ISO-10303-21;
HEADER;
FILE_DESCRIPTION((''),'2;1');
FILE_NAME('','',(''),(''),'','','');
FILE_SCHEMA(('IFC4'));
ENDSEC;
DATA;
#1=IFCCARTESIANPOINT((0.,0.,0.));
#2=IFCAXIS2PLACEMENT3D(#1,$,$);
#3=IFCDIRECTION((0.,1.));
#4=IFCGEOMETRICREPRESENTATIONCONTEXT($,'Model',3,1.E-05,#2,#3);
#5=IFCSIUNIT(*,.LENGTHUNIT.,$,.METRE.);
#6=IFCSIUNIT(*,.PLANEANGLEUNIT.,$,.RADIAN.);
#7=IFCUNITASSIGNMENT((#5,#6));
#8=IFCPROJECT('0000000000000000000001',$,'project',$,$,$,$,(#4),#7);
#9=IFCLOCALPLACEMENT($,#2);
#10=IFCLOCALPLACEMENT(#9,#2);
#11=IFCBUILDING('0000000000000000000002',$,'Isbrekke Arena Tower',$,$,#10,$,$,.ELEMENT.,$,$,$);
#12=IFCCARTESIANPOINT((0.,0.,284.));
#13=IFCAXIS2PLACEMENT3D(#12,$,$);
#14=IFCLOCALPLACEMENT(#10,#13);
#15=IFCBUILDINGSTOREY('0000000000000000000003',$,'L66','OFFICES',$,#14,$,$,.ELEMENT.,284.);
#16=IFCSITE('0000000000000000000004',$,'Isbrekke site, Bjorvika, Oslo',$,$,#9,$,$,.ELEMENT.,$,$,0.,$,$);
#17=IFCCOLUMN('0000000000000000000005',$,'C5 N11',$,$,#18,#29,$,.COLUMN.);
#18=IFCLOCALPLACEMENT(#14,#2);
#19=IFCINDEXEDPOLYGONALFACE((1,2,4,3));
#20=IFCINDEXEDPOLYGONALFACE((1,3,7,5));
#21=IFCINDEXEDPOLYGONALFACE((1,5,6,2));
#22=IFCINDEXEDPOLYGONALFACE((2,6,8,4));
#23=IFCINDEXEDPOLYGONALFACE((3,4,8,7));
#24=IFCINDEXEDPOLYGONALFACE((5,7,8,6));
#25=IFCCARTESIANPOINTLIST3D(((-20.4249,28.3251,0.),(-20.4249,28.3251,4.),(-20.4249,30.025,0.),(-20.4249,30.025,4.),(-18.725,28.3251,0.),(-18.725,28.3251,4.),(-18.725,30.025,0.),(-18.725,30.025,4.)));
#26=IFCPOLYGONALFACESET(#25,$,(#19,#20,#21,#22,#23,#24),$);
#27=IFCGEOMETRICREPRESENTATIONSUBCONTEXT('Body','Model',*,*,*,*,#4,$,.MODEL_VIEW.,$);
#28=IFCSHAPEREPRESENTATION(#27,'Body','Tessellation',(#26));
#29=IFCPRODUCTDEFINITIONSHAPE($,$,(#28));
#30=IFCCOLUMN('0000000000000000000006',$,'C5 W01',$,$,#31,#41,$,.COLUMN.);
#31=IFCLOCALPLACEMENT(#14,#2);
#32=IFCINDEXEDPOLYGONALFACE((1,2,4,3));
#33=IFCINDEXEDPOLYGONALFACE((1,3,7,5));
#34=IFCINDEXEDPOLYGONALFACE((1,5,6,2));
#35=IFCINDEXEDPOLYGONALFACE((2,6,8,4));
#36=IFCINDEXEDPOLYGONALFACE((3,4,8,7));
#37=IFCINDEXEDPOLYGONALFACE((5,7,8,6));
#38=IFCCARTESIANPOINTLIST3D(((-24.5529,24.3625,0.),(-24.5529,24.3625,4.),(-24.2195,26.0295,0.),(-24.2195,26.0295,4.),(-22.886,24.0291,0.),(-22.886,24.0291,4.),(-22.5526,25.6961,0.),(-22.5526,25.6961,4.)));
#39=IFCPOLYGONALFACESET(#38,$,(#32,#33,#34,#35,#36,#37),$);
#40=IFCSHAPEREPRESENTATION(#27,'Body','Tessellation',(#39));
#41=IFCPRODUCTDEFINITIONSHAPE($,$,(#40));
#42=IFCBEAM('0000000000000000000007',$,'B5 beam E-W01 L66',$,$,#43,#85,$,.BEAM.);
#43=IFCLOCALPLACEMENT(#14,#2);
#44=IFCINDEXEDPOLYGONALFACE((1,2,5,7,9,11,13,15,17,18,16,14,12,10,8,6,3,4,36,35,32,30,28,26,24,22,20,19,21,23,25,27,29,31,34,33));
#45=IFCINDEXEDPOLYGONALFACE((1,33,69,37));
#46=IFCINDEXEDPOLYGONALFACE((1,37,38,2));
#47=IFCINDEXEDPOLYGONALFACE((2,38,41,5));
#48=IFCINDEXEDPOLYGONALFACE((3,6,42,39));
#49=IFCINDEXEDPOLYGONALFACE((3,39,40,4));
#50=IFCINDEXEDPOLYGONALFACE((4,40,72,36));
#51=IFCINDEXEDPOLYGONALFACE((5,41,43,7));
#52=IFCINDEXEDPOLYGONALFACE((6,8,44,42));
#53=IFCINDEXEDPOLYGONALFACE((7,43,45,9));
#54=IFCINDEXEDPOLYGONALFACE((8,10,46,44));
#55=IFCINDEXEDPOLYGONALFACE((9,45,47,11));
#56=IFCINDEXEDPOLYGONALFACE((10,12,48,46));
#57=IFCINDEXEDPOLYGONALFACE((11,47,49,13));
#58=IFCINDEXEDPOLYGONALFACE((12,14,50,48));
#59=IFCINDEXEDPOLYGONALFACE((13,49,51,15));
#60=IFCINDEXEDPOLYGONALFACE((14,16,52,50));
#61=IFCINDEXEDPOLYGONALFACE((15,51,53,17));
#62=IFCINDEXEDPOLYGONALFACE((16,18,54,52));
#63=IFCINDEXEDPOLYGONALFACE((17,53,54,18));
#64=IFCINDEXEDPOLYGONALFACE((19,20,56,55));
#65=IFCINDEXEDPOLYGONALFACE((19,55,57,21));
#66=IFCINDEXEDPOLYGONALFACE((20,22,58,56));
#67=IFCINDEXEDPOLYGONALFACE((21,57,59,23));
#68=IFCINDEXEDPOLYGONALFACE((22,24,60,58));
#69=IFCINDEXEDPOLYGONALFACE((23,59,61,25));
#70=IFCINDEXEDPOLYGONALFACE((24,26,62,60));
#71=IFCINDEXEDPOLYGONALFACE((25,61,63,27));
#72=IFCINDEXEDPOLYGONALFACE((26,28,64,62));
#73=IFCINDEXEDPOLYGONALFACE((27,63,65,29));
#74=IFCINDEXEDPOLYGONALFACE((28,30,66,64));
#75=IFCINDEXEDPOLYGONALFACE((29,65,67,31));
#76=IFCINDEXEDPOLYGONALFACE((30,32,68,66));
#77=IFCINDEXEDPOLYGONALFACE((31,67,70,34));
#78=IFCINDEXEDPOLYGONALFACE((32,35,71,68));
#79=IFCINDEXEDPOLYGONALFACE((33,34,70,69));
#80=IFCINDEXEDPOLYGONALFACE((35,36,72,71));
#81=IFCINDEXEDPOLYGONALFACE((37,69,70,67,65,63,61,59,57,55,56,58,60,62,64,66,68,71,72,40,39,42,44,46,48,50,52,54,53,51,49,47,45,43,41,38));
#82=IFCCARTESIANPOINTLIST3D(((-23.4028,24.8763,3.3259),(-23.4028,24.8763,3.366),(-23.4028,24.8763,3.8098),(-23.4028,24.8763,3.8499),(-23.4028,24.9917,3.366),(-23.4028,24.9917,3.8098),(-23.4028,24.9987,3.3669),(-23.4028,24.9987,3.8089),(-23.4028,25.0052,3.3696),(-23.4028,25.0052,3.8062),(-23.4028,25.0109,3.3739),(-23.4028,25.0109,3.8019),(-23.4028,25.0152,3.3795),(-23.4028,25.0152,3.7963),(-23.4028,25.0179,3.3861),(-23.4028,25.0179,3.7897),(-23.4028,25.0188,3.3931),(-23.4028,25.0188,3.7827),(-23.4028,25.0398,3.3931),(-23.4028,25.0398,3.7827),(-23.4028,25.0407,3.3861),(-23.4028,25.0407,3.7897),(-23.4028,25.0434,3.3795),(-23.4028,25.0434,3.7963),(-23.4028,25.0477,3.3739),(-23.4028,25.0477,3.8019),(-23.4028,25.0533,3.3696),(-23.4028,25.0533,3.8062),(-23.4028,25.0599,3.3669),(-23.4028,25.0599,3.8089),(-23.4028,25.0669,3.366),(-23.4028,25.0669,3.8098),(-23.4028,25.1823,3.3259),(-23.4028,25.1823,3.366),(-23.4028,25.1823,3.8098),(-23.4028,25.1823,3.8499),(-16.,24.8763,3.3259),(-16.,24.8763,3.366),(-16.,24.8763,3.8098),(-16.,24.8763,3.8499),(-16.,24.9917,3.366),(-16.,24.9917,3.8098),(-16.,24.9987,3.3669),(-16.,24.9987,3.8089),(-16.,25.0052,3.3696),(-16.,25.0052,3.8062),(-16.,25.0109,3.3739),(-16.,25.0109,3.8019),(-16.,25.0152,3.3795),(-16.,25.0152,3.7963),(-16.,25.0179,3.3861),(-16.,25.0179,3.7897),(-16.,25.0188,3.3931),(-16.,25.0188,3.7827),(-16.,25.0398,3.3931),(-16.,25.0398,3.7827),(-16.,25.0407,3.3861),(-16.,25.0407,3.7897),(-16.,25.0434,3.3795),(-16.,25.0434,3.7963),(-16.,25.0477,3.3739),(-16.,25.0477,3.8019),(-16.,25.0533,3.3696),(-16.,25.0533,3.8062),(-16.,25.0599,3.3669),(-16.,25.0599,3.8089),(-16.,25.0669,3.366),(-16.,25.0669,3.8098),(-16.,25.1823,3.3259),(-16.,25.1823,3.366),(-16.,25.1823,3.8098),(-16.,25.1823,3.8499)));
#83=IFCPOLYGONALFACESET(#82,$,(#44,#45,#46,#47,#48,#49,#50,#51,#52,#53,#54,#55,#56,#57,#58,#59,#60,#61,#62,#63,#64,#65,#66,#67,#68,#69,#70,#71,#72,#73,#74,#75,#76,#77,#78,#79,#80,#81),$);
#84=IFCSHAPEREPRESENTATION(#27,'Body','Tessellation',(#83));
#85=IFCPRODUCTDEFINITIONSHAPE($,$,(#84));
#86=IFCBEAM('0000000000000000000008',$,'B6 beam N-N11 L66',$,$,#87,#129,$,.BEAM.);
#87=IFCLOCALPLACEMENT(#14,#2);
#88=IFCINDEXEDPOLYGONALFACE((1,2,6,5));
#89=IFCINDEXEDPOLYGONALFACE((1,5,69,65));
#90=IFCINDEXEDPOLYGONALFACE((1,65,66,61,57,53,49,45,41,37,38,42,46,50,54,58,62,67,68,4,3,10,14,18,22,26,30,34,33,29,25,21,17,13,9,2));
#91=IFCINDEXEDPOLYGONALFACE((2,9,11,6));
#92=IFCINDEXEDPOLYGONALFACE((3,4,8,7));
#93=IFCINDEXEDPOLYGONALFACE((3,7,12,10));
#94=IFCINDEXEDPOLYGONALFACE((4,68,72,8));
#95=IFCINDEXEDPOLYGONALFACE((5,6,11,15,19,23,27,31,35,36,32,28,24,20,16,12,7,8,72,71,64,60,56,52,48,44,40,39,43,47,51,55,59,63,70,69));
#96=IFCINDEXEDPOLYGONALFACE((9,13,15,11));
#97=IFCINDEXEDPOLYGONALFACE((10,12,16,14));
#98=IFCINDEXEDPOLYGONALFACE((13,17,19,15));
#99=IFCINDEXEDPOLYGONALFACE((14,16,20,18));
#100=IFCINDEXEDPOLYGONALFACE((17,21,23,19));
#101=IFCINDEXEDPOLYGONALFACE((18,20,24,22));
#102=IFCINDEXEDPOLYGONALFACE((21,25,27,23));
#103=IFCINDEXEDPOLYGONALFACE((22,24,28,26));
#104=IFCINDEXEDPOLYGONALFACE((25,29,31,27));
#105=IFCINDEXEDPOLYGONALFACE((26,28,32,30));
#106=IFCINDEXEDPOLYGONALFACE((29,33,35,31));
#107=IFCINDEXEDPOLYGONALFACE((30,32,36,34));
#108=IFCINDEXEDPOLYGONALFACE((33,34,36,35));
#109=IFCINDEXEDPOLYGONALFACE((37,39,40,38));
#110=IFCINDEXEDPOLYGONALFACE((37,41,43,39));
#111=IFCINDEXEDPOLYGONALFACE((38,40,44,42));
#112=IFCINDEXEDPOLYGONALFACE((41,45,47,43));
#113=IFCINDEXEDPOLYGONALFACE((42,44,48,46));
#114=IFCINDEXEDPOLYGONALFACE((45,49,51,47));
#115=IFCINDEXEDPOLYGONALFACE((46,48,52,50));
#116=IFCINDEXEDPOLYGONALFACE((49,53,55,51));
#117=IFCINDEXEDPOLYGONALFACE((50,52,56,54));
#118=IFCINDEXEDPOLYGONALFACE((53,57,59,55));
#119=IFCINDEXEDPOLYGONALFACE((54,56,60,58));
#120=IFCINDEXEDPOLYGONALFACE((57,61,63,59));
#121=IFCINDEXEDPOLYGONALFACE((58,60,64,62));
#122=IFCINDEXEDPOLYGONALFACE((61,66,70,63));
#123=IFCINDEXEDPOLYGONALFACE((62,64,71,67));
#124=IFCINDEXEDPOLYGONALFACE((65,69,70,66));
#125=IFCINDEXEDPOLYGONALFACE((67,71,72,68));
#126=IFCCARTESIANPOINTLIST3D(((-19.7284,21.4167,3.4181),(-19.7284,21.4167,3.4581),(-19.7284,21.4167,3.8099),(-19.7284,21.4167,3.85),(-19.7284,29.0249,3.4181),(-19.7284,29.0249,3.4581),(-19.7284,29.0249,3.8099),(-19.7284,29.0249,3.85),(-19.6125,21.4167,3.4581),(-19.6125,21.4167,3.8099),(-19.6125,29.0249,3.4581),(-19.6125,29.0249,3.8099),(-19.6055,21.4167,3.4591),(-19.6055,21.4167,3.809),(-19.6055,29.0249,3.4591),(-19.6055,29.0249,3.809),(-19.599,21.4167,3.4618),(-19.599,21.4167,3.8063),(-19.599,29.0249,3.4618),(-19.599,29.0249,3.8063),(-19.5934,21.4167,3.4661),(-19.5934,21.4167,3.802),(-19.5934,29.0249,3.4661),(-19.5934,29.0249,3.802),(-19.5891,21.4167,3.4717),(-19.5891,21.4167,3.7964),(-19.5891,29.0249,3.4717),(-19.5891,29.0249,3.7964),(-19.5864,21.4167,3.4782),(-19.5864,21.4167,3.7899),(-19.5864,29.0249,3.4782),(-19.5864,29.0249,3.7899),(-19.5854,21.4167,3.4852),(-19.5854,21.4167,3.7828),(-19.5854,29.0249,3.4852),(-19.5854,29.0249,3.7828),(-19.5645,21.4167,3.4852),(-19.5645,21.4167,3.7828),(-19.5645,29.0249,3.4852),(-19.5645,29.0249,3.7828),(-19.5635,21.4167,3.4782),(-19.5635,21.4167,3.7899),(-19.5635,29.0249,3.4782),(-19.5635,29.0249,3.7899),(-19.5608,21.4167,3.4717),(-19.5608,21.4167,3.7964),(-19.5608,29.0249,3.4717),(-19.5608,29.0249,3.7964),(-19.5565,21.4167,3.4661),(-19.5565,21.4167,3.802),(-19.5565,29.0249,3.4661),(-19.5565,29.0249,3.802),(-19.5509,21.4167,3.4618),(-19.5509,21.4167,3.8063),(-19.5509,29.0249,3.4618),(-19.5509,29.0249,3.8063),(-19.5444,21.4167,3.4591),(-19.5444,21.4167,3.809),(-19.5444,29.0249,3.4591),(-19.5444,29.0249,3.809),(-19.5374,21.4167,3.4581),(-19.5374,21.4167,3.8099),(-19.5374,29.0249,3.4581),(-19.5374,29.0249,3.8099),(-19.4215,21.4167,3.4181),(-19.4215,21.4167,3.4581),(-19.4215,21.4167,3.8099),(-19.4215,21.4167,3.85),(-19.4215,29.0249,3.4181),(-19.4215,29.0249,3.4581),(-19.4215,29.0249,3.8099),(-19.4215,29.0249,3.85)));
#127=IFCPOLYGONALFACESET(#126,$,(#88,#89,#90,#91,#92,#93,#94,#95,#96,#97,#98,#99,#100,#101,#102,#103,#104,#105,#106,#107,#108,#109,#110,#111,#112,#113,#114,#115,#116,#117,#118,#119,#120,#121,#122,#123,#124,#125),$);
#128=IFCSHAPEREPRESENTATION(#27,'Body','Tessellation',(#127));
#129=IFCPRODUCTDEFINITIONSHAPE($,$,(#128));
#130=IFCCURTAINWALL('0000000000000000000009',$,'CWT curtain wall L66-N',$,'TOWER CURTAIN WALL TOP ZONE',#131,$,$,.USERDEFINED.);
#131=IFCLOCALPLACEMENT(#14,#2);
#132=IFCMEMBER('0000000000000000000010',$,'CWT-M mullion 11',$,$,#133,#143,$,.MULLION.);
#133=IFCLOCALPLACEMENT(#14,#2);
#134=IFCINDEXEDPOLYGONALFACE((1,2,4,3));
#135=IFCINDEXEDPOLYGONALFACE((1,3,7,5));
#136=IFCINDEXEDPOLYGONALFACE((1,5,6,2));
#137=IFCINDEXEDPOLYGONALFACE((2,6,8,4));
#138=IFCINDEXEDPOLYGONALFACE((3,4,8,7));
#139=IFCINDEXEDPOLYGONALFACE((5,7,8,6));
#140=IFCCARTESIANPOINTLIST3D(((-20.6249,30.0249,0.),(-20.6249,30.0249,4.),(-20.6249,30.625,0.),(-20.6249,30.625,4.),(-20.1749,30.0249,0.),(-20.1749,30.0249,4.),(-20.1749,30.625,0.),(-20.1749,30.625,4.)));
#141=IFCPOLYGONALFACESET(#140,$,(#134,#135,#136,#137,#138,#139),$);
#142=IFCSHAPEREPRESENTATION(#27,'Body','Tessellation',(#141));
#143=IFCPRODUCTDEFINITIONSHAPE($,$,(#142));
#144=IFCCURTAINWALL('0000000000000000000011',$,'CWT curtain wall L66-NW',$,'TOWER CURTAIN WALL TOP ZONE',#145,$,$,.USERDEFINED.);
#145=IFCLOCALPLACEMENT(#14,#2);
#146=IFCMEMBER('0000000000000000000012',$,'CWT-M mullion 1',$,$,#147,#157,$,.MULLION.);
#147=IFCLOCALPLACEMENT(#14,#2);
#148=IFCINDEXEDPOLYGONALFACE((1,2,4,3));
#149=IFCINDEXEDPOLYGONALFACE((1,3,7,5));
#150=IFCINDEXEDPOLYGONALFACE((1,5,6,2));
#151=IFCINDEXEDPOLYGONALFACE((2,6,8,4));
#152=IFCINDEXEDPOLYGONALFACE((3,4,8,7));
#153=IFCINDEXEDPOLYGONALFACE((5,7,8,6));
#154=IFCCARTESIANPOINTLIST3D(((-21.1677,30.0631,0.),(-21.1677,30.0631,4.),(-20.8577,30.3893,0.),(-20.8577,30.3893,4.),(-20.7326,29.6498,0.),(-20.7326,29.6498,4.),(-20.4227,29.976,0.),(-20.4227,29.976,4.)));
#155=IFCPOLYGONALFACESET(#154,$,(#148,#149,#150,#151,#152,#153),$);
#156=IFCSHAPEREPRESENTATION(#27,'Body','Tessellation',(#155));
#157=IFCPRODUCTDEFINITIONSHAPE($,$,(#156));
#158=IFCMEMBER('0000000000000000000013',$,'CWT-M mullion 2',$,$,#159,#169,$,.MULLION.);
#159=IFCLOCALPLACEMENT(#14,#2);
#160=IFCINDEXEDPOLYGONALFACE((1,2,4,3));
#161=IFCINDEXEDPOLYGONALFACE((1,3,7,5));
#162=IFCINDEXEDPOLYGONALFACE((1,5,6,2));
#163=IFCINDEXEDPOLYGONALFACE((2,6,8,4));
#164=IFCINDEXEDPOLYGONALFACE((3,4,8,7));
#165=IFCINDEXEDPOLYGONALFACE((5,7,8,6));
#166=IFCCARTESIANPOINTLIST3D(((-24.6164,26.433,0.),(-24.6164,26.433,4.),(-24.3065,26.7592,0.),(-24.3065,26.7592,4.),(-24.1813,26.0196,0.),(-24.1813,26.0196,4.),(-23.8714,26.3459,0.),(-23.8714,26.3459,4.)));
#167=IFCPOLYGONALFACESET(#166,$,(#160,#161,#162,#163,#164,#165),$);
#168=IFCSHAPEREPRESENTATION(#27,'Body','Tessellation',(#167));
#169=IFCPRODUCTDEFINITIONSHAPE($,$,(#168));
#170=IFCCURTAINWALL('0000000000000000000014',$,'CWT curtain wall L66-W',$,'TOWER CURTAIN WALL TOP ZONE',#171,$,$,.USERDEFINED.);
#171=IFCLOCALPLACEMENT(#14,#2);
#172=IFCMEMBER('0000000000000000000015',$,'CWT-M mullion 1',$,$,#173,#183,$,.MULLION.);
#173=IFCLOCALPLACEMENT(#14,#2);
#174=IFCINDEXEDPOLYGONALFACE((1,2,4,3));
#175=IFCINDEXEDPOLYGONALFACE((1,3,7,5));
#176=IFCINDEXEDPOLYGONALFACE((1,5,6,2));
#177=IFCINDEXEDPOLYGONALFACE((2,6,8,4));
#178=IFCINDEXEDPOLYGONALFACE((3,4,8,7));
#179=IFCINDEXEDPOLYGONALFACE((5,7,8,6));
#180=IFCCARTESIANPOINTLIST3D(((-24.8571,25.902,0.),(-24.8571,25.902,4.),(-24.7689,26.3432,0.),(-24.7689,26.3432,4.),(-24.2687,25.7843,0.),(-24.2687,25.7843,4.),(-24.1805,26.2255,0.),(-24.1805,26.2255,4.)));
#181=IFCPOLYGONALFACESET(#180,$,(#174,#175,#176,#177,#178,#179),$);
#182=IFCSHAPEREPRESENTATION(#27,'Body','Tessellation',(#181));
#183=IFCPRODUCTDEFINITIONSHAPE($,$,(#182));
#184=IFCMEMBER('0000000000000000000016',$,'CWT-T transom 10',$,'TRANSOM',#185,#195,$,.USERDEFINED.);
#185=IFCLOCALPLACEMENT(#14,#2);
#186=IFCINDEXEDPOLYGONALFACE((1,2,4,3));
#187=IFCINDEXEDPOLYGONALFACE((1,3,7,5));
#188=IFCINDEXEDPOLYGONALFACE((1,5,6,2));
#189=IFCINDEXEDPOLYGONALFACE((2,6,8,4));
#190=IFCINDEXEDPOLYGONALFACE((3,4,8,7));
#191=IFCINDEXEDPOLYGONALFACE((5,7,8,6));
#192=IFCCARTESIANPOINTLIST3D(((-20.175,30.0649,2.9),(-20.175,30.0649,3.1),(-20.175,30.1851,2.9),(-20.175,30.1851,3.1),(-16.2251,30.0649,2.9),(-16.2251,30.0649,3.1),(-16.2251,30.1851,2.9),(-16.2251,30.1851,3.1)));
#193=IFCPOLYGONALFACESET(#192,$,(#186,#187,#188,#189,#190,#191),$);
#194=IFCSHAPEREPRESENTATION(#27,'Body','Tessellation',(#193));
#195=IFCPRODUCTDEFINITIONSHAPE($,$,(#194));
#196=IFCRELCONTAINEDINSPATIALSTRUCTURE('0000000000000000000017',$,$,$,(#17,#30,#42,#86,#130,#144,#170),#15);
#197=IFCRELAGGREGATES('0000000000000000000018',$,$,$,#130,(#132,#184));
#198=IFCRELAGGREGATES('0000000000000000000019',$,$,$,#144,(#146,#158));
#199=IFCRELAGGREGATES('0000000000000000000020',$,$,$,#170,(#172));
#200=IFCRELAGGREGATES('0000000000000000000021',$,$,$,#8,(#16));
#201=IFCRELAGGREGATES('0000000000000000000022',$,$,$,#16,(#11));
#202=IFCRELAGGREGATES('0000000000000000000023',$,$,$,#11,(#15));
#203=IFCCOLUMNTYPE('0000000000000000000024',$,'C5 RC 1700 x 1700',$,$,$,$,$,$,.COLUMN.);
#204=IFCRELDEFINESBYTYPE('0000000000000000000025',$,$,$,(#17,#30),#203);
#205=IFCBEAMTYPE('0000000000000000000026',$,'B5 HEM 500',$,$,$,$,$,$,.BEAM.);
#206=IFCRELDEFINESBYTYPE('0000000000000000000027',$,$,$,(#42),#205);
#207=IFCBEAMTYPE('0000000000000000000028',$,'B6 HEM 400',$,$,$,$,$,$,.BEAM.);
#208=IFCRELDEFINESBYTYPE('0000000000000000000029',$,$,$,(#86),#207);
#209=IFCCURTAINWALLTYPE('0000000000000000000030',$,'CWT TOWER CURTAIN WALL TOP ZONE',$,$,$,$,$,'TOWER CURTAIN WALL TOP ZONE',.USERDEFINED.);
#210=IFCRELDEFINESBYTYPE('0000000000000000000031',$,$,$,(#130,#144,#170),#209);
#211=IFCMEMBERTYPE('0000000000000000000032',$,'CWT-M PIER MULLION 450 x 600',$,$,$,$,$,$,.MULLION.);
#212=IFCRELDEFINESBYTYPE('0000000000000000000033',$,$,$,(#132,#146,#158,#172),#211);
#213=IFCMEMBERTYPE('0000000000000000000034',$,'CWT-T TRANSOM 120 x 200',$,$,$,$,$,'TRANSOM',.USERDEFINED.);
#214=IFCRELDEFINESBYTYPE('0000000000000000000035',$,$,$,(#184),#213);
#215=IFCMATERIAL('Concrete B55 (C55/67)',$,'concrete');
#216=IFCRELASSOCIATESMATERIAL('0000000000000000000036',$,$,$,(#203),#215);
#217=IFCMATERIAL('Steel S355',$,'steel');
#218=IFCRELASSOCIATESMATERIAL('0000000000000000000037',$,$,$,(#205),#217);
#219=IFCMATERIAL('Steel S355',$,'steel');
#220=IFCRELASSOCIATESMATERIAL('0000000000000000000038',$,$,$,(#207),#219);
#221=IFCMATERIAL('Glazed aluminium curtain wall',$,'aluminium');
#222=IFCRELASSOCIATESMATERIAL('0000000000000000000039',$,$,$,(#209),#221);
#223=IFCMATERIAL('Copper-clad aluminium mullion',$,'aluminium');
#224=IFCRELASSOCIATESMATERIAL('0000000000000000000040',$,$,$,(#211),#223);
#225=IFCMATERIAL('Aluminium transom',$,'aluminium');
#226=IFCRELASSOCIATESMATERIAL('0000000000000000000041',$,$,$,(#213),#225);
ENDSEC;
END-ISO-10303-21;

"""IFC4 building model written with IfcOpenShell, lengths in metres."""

from ifc_helpers import new_model, si_unit, direction, frame, origin, origin_2d, place, context, subcontext, project, spatial, rectangle, i_section, extrude, material, material_profile, profile_set, type_object, element, aggregate, save


model = new_model("IFC4")

# Units and contexts
model_context = context("Model", 3, precision=1e-05, world=origin(), true_north=direction((0.0, 1.0)))
body_context = subcontext(model_context, "Body", "Model", "MODEL_VIEW")
ifc_project = project(units=[si_unit("LENGTHUNIT", "METRE"), si_unit("PLANEANGLEUNIT", "RADIAN")], contexts=[model_context])

# Site, building, storey
site_placement = place(None, origin())
site = spatial("IfcSite", under=ifc_project, at=site_placement, Name="Isbrekke site, Bjorvika, Oslo", CompositionType="ELEMENT", RefElevation=0.0)
building_placement = place(site_placement, origin())
building = spatial("IfcBuilding", under=site, at=building_placement, Name="Isbrekke Arena Tower", CompositionType="ELEMENT")
storey_placement = place(building_placement, frame((0.0, 0.0, 284.0)))
storey = spatial("IfcBuildingStorey", under=building, at=storey_placement, Name="L66", Description="OFFICES", CompositionType="ELEMENT", Elevation=284.0)

# Columns
ifc_material_1 = material(Name="Concrete B55 (C55/67)", Category="concrete")
ifc_material_profile_1 = material_profile(ifc_material_1, rectangle(XDim=1.7, YDim=1.7, at=origin_2d()), Name="RC 1700x1700")
ifc_profile_set_1 = profile_set([ifc_material_profile_1], Name="Concrete B55 (C55/67)")
column_type = type_object("IfcColumnType", Name="C5 RC 1700 x 1700", PredefinedType="COLUMN", material=ifc_profile_set_1)
for number, where, z_axis, x_axis, name in (
    (1, (-19.575, 29.175, 0.0), (0.0, 0.0, 1.0), (-1.0, 0.0, 0.0), "C5 N11"),
    (2, (-23.5527, 25.0293, 0.0), (0.0, 0.0, 1.0), (-0.196116, -0.980581, 0.0), "C5 W01"),
):
    element("IfcColumn", number, at=place(storey_placement, frame(where, z_axis=z_axis, x_axis=x_axis)), inside=storey, type_object=column_type, Name=name, PredefinedType="COLUMN", context=body_context, shape_type="SweptSolid", body=[
        extrude(rectangle(XDim=1.7, YDim=1.7, at=origin_2d()), origin(), (0.0, 0.0, 1.0), 4.0),
    ])

# Beams
ifc_material_2 = material(Name="Steel S355", Category="steel")
ifc_material_profile_2 = material_profile(ifc_material_2, i_section(OverallWidth=0.3059, OverallDepth=0.5239, WebThickness=0.021, FlangeThickness=0.04, FilletRadius=0.0271, at=origin_2d()), Name="HEM 500")
ifc_profile_set_2 = profile_set([ifc_material_profile_2], Name="Steel S355")
beam_type_1 = type_object("IfcBeamType", Name="B5 HEM 500", PredefinedType="BEAM", material=ifc_profile_set_2)
beam_1_placement = place(storey_placement, frame((-23.4028, 25.0293, 3.5879), z_axis=(1.0, 0.0, 0.0), x_axis=(0.0, 1.0, 0.0)))
element("IfcBeam", 3, at=beam_1_placement, inside=storey, type_object=beam_type_1, Name="B5 beam E-W01 L66", PredefinedType="BEAM", context=body_context, shape_type="SweptSolid", body=[
    extrude(i_section(OverallWidth=0.3059, OverallDepth=0.5239, WebThickness=0.021, FlangeThickness=0.04, FilletRadius=0.0271, at=origin_2d()), origin(), (0.0, 0.0, 1.0), 7.4028),
])
ifc_material_3 = material(Name="Steel S355", Category="steel")
ifc_material_profile_3 = material_profile(ifc_material_3, i_section(OverallWidth=0.3069, OverallDepth=0.4319, WebThickness=0.021, FlangeThickness=0.04, FilletRadius=0.0271, at=origin_2d()), Name="HEM 400")
ifc_profile_set_3 = profile_set([ifc_material_profile_3], Name="Steel S355")
beam_type_2 = type_object("IfcBeamType", Name="B6 HEM 400", PredefinedType="BEAM", material=ifc_profile_set_3)
beam_2_placement = place(storey_placement, frame((-19.575, 29.0249, 3.634), z_axis=(0.0, -1.0, 0.0), x_axis=(1.0, 0.0, 0.0)))
element("IfcBeam", 4, at=beam_2_placement, inside=storey, type_object=beam_type_2, Name="B6 beam N-N11 L66", PredefinedType="BEAM", context=body_context, shape_type="SweptSolid", body=[
    extrude(i_section(OverallWidth=0.3069, OverallDepth=0.4319, WebThickness=0.021, FlangeThickness=0.04, FilletRadius=0.0271, at=origin_2d()), origin(), (0.0, 0.0, 1.0), 7.6082),
])

# Curtain wall, member
ifc_material_4 = material(Name="Glazed aluminium curtain wall", Category="aluminium")
curtain_wall_type = type_object("IfcCurtainWallType", Name="CWT TOWER CURTAIN WALL TOP ZONE", ElementType="TOWER CURTAIN WALL TOP ZONE", PredefinedType="USERDEFINED", material=ifc_material_4)
curtain_wall_1_placement = place(storey_placement, origin())
curtain_wall_1 = element("IfcCurtainWall", 5, at=curtain_wall_1_placement, inside=storey, type_object=curtain_wall_type, Name="CWT curtain wall L66-N", ObjectType="TOWER CURTAIN WALL TOP ZONE", PredefinedType="USERDEFINED")
ifc_material_5 = material(Name="Copper-clad aluminium mullion", Category="aluminium")
ifc_material_profile_4 = material_profile(ifc_material_5, rectangle(XDim=0.45, YDim=0.6001, at=origin_2d()), Name="PIER 450X600")
ifc_profile_set_4 = profile_set([ifc_material_profile_4], Name="Copper-clad aluminium mullion")
member_type_1 = type_object("IfcMemberType", Name="CWT-M PIER MULLION 450 x 600", PredefinedType="MULLION", material=ifc_profile_set_4)
member_1_placement = place(storey_placement, frame((-20.3999, 30.325, 0.0), z_axis=(0.0, 0.0, 1.0), x_axis=(-1.0, 0.0, 0.0)))
member_1 = element("IfcMember", 6, at=member_1_placement, type_object=member_type_1, Name="CWT-M mullion 11", PredefinedType="MULLION", context=body_context, shape_type="SweptSolid", body=[
    extrude(rectangle(XDim=0.45, YDim=0.6001, at=origin_2d()), origin(), (0.0, 0.0, 1.0), 4.0),
])

# Curtain wall, members
curtain_wall_2_placement = place(storey_placement, origin())
curtain_wall_2 = element("IfcCurtainWall", 7, at=curtain_wall_2_placement, inside=storey, type_object=curtain_wall_type, Name="CWT curtain wall L66-NW", ObjectType="TOWER CURTAIN WALL TOP ZONE", PredefinedType="USERDEFINED")
member_2_placement = place(storey_placement, frame((-20.7952, 30.0195, 0.0), z_axis=(0.0, 0.0, 1.0), x_axis=(-0.688749, -0.724999, 0.0)))
member_2 = element("IfcMember", 8, at=member_2_placement, type_object=member_type_1, Name="CWT-M mullion 1", PredefinedType="MULLION", context=body_context, shape_type="SweptSolid", body=[
    extrude(rectangle(XDim=0.45, YDim=0.6001, at=origin_2d()), origin(), (0.0, 0.0, 1.0), 4.0),
])
member_3_placement = place(storey_placement, frame((-24.2439, 26.3894, 0.0), z_axis=(0.0, 0.0, 1.0), x_axis=(-0.688749, -0.724999, 0.0)))
member_3 = element("IfcMember", 9, at=member_3_placement, type_object=member_type_1, Name="CWT-M mullion 2", PredefinedType="MULLION", context=body_context, shape_type="SweptSolid", body=[
    extrude(rectangle(XDim=0.45, YDim=0.6001, at=origin_2d()), origin(), (0.0, 0.0, 1.0), 4.0),
])

# Curtain wall, member
curtain_wall_3_placement = place(storey_placement, origin())
curtain_wall_3 = element("IfcCurtainWall", 10, at=curtain_wall_3_placement, inside=storey, type_object=curtain_wall_type, Name="CWT curtain wall L66-W", ObjectType="TOWER CURTAIN WALL TOP ZONE", PredefinedType="USERDEFINED")
member_4_placement = place(storey_placement, frame((-24.5188, 26.0637, 0.0), z_axis=(0.0, 0.0, 1.0), x_axis=(-0.196116, -0.980581, 0.0)))
member_4 = element("IfcMember", 11, at=member_4_placement, type_object=member_type_1, Name="CWT-M mullion 1", PredefinedType="MULLION", context=body_context, shape_type="SweptSolid", body=[
    extrude(rectangle(XDim=0.45, YDim=0.6001, at=origin_2d()), origin(), (0.0, 0.0, 1.0), 4.0),
])

# Member
ifc_material_6 = material(Name="Aluminium transom", Category="aluminium")
ifc_material_profile_5 = material_profile(ifc_material_6, rectangle(XDim=0.1201, YDim=0.2, at=origin_2d()), Name="TRANSOM 120X200")
ifc_profile_set_5 = profile_set([ifc_material_profile_5], Name="Aluminium transom")
member_type_2 = type_object("IfcMemberType", Name="CWT-T TRANSOM 120 x 200", ElementType="TRANSOM", PredefinedType="USERDEFINED", material=ifc_profile_set_5)
member_5_placement = place(storey_placement, frame((-16.2251, 30.125, 3.0), z_axis=(-1.0, 0.0, 0.0), x_axis=(0.0, -1.0, 0.0)))
member_5 = element("IfcMember", 12, at=member_5_placement, type_object=member_type_2, Name="CWT-T transom 10", ObjectType="TRANSOM", PredefinedType="USERDEFINED", context=body_context, shape_type="SweptSolid", body=[
    extrude(rectangle(XDim=0.1201, YDim=0.2, at=origin_2d()), origin(), (0.0, 0.0, 1.0), 3.95),
])

aggregate(curtain_wall_1, [member_1, member_5])
aggregate(curtain_wall_2, [member_2, member_3])
aggregate(curtain_wall_3, [member_4])

save(model, "model.ifc")
